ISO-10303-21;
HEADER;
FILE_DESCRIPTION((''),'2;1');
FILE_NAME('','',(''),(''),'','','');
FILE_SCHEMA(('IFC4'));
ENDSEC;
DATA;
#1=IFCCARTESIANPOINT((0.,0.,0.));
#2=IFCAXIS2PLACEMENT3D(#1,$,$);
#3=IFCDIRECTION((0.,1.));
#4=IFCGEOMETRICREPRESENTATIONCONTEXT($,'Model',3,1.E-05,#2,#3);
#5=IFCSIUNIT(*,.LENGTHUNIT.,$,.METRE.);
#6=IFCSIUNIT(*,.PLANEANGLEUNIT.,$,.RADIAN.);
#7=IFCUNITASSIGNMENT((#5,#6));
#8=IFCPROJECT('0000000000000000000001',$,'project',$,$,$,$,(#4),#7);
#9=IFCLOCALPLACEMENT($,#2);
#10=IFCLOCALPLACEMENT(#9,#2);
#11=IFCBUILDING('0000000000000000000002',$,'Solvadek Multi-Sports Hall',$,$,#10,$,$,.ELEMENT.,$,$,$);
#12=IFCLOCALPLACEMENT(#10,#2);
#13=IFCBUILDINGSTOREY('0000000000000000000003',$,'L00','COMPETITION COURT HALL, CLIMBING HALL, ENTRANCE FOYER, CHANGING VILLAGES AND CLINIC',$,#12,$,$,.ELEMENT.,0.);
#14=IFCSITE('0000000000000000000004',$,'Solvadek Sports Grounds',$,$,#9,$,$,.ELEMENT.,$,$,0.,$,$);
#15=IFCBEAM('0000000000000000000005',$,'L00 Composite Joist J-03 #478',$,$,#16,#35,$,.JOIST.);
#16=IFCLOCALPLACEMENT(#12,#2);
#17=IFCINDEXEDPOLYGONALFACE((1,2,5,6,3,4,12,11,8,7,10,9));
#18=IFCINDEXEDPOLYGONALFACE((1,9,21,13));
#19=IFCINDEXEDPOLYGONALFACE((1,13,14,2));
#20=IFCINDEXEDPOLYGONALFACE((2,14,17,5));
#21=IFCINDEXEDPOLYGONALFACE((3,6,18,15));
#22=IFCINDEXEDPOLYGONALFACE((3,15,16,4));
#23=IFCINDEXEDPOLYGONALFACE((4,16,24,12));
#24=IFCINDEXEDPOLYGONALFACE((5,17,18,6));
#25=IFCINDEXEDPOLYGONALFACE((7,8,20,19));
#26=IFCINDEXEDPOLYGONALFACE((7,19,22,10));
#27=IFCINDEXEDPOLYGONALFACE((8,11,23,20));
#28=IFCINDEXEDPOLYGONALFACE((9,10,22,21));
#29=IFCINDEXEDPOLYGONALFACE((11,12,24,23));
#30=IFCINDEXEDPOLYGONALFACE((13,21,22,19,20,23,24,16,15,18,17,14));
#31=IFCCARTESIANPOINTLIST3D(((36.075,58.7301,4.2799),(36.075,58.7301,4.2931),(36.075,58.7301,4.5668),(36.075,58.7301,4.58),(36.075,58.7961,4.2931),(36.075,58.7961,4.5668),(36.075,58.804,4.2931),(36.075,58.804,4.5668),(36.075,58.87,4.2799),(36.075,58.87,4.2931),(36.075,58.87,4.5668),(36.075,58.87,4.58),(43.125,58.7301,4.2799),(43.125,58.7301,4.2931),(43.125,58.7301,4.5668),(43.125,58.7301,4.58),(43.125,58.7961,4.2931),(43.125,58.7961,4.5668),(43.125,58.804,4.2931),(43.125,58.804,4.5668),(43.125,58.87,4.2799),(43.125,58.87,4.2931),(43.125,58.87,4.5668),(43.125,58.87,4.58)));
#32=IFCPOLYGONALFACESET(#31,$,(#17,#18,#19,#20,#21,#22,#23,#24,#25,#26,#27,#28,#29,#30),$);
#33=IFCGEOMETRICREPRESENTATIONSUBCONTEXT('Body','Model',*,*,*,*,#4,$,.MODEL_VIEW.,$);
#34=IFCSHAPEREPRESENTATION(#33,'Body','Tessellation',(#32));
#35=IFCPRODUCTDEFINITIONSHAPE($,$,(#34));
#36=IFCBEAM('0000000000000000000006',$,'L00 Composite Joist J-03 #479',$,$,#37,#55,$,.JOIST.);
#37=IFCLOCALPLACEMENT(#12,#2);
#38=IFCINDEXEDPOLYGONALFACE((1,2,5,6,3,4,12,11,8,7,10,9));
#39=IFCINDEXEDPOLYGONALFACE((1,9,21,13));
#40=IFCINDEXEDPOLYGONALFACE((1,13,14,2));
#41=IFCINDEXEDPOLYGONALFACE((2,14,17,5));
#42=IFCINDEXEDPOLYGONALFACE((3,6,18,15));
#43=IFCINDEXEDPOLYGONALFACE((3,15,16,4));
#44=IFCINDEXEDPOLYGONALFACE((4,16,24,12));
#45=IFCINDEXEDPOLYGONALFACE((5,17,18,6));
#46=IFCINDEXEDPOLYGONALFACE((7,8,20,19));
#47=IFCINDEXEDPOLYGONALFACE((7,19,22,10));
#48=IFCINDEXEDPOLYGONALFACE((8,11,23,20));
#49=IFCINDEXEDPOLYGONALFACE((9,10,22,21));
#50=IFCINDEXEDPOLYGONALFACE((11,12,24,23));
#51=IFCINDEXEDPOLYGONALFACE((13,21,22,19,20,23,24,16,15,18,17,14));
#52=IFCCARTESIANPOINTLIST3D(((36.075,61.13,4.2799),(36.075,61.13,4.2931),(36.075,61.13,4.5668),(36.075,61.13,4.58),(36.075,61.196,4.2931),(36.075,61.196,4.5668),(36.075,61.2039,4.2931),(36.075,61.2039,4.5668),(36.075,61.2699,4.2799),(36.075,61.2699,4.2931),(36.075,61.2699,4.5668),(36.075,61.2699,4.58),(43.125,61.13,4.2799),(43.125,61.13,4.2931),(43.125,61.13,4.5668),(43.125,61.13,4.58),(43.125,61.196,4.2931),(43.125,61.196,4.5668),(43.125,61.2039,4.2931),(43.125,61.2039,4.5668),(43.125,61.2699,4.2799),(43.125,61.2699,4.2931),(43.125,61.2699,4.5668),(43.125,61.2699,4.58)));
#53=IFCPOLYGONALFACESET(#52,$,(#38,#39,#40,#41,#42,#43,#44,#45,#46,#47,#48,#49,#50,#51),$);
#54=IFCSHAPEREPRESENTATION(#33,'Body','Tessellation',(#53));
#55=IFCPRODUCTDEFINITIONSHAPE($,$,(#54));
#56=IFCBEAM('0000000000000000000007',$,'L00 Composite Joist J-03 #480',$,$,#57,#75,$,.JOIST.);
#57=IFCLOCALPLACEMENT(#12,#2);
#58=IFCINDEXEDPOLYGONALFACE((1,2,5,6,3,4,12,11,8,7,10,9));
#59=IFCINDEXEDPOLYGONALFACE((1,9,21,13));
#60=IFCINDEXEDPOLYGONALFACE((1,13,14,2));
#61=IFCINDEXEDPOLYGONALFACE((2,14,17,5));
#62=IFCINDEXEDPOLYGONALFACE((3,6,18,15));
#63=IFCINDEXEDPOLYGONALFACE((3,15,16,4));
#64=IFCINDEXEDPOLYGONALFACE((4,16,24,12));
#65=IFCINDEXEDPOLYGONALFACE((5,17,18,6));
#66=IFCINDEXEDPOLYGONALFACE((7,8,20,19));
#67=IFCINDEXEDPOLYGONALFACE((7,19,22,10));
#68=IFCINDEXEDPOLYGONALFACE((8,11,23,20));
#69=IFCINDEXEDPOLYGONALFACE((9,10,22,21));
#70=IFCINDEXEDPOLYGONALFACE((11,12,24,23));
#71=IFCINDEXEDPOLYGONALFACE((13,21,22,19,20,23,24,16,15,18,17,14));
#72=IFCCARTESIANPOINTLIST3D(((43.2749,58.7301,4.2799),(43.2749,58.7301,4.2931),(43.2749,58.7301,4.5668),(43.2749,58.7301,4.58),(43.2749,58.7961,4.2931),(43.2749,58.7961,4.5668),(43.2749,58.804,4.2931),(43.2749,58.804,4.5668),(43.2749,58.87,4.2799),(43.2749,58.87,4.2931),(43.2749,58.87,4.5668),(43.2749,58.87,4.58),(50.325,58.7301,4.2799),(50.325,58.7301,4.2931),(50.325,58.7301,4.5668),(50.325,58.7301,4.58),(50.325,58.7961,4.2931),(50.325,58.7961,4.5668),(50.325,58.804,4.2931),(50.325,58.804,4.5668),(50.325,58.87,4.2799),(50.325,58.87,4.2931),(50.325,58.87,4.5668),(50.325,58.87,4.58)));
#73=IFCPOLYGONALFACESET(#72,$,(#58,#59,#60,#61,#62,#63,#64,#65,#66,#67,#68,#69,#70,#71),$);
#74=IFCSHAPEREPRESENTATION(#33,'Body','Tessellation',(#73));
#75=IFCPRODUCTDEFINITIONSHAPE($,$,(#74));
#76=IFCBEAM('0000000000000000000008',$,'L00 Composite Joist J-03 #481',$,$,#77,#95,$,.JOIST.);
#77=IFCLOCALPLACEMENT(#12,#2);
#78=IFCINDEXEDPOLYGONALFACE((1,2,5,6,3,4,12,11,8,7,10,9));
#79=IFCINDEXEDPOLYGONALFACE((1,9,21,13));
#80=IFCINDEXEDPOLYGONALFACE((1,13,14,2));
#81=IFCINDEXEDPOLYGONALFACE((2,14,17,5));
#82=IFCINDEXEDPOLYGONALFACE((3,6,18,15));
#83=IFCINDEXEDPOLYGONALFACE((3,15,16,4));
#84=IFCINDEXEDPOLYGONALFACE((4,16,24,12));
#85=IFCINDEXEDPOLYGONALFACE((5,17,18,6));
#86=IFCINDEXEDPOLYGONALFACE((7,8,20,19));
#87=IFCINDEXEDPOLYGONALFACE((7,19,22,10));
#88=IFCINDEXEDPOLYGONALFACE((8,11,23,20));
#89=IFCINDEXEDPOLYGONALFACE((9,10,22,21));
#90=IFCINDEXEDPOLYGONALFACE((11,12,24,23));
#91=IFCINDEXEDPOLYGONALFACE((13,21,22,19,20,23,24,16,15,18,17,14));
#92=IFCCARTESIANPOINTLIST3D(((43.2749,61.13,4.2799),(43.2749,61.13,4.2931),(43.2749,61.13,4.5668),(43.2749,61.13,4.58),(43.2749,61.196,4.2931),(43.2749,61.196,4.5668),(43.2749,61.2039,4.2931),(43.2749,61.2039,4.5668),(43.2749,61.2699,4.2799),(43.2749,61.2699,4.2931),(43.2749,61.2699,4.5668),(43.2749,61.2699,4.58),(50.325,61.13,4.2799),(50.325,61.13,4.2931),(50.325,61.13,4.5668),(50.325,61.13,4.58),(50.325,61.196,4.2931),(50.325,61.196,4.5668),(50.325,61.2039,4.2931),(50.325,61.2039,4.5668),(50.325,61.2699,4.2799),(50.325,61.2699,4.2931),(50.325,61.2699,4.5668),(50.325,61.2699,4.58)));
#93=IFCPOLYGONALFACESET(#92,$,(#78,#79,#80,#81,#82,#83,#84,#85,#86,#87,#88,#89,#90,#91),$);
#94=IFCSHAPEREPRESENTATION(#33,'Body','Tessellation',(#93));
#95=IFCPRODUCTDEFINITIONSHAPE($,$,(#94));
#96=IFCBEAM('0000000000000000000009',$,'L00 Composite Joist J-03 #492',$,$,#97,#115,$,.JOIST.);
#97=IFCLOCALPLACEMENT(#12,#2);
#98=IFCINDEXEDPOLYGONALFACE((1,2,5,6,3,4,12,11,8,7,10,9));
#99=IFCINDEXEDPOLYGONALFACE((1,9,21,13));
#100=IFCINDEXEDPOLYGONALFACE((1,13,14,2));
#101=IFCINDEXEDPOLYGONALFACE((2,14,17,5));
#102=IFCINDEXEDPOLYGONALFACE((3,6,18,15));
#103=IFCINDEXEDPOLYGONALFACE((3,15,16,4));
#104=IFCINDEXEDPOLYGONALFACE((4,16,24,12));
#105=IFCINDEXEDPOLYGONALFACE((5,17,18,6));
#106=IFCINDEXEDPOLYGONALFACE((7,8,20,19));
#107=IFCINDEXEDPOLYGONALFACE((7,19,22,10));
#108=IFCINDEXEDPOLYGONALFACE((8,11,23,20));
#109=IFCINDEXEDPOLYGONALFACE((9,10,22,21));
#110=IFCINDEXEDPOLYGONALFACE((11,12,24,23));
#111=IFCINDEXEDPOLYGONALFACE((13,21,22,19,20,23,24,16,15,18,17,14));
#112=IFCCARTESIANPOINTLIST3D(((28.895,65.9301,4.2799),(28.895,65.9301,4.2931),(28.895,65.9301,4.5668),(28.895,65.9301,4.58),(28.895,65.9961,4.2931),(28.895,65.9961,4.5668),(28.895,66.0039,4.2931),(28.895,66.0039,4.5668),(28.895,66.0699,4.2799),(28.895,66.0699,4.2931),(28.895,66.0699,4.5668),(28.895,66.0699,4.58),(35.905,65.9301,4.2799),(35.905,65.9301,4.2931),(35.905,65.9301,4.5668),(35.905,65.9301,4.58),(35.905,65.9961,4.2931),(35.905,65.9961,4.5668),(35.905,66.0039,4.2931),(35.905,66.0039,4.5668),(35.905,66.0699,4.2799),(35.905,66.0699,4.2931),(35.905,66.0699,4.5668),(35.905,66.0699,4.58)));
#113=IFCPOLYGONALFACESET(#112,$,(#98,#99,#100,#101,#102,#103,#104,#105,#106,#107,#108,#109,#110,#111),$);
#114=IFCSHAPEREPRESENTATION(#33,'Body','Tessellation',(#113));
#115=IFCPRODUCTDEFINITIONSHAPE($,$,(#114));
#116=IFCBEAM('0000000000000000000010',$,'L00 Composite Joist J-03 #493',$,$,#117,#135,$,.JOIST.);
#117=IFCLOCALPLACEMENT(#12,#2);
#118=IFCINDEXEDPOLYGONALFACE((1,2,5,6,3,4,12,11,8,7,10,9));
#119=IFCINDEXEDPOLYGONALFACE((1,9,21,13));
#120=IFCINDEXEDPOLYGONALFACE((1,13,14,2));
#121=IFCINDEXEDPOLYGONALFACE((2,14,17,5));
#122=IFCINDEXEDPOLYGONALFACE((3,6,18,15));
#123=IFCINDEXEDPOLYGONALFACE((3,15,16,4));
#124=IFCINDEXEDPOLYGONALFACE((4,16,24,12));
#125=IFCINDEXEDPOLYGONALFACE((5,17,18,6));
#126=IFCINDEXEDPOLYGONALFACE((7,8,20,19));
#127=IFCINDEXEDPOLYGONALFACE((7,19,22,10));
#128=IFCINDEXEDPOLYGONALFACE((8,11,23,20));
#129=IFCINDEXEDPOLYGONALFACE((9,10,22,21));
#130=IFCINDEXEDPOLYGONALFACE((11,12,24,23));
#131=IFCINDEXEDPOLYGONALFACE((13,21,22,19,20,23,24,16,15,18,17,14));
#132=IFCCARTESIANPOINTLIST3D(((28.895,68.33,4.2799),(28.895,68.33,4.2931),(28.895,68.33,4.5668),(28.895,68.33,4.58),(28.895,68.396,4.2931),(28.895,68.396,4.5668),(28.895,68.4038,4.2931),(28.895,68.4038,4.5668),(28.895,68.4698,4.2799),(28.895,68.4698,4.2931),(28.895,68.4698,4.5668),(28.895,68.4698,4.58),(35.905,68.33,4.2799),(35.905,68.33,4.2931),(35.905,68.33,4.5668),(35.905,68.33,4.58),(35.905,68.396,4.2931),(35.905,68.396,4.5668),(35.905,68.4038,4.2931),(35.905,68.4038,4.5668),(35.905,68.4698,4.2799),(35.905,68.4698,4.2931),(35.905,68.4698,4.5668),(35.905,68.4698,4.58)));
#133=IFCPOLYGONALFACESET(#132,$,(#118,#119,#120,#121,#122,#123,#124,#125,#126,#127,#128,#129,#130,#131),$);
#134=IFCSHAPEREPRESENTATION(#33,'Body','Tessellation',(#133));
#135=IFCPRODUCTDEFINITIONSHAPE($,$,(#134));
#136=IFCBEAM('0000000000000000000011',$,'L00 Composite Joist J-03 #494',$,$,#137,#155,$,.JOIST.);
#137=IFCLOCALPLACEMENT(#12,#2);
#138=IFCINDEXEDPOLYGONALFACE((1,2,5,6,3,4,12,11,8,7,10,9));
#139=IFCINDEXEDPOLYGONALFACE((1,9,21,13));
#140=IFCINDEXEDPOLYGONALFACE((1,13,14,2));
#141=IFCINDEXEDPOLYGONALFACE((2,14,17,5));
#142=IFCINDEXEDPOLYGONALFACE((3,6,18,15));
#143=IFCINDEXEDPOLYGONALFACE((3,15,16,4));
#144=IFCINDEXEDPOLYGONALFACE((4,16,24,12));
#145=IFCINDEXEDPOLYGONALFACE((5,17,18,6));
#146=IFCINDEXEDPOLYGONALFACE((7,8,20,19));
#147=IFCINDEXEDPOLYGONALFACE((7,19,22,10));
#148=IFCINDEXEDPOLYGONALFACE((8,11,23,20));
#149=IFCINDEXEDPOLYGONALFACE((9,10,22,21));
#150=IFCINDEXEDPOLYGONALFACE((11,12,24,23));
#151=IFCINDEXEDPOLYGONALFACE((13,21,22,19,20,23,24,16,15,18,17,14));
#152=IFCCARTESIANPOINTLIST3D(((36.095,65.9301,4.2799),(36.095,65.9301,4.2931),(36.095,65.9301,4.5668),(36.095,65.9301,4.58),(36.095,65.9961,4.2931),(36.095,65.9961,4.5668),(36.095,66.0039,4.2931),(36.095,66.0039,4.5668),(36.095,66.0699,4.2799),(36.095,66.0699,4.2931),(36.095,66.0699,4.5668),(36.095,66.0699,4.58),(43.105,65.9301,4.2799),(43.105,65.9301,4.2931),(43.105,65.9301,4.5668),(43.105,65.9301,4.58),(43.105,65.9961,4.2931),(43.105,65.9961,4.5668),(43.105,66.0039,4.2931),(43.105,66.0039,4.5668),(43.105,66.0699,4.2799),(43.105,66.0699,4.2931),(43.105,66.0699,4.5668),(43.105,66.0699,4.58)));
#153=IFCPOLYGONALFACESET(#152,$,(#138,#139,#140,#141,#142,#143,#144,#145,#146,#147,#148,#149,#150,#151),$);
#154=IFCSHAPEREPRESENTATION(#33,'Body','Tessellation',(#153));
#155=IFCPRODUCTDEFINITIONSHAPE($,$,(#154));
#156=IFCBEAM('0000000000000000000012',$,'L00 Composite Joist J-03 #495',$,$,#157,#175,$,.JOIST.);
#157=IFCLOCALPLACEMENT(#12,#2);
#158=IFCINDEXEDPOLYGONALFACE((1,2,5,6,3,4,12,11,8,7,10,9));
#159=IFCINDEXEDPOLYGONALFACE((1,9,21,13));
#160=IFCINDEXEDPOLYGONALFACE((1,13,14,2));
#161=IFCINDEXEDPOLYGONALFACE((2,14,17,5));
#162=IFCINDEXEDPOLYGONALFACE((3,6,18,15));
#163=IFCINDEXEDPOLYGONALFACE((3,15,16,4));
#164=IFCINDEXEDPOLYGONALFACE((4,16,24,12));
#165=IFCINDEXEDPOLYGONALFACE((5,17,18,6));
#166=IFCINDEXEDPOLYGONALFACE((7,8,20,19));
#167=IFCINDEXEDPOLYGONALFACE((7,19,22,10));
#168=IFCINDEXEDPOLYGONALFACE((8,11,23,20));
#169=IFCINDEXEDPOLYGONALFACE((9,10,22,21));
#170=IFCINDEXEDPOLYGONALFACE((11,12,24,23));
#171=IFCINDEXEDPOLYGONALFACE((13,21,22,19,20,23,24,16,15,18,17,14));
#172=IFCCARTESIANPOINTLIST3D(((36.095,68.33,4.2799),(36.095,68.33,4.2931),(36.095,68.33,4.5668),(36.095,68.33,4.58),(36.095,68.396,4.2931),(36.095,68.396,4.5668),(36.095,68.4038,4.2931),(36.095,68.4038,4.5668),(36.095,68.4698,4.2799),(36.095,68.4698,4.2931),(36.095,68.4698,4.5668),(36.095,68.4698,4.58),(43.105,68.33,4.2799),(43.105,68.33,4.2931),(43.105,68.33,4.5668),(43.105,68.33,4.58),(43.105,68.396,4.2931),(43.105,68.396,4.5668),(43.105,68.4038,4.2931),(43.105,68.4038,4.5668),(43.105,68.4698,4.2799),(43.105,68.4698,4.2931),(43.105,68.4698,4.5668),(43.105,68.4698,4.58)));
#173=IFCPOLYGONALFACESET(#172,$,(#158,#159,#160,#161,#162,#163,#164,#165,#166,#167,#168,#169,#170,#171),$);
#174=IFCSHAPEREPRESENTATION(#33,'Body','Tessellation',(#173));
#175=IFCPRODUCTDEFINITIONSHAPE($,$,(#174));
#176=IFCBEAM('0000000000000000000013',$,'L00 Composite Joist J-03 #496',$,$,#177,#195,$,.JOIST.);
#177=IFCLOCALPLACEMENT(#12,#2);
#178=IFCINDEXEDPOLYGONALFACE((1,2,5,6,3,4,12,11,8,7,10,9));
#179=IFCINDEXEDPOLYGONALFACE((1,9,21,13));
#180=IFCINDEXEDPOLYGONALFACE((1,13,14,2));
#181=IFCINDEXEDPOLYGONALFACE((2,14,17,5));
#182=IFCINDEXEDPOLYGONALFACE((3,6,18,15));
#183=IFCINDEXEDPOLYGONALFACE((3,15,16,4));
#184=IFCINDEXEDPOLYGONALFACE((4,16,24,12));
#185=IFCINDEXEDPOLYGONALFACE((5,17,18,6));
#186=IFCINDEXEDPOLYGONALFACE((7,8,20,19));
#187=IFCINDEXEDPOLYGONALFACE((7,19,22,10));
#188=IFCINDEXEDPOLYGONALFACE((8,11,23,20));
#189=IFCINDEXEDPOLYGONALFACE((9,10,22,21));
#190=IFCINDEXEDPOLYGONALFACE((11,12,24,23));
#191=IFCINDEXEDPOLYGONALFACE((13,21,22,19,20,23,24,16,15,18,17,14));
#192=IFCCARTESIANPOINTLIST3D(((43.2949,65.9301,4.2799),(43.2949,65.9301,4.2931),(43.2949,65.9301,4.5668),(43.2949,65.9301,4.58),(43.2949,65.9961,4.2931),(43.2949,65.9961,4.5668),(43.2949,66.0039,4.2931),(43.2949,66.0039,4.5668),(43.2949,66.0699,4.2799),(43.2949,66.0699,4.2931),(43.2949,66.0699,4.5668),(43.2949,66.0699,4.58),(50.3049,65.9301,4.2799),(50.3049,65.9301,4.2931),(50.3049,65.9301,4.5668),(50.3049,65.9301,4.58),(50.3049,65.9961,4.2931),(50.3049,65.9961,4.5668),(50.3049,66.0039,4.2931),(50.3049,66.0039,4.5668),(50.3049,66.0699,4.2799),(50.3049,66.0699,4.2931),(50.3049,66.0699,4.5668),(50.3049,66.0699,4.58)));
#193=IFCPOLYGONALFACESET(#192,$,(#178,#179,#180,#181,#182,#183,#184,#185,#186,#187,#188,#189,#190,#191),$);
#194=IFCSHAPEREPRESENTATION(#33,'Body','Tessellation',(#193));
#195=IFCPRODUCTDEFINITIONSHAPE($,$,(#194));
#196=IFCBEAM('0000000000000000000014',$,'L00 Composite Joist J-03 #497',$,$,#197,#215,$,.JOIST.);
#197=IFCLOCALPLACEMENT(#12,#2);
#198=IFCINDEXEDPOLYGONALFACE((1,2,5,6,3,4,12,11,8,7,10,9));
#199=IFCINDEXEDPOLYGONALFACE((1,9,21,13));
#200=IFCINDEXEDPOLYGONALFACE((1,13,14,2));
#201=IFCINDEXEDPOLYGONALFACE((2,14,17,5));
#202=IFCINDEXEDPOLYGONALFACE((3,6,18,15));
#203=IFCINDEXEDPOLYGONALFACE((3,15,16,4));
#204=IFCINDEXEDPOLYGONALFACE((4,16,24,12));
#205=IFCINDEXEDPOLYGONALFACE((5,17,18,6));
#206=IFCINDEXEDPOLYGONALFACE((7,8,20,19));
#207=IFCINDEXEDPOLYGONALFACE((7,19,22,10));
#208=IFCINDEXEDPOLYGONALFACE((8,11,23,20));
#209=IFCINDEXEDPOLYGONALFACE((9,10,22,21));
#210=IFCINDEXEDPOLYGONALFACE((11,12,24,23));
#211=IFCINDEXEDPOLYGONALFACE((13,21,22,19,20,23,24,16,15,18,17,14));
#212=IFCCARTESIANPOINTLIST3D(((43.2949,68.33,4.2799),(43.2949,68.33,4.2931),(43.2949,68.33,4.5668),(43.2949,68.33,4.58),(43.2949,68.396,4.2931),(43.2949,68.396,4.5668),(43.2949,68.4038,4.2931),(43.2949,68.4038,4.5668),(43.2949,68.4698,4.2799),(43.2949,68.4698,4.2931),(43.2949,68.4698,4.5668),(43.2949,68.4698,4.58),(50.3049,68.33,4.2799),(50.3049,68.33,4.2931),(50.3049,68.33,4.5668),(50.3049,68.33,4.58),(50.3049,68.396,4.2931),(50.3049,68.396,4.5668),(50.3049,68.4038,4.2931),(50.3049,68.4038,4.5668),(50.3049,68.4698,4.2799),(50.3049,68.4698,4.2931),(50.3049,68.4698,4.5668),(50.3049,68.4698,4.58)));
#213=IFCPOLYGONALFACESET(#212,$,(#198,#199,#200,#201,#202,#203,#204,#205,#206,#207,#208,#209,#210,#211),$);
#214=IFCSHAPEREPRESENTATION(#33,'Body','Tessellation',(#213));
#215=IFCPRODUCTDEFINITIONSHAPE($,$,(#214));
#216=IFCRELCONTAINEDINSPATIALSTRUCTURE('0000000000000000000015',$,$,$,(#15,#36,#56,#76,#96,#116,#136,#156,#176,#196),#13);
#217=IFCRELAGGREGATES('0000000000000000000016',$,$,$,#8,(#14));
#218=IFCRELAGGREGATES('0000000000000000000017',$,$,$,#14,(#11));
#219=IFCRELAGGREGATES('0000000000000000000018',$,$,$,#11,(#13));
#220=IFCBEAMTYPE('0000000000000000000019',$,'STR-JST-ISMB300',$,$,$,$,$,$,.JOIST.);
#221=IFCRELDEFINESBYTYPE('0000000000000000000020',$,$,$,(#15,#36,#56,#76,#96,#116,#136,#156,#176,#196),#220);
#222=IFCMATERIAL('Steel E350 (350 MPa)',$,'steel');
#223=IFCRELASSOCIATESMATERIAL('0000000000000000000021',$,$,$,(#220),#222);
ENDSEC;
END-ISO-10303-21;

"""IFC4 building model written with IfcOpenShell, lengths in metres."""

from ifc_helpers import new_model, si_unit, direction, frame, origin, origin_2d, place, context, subcontext, project, spatial, i_section, extrude, material, material_profile, profile_set, type_object, element, save


model = new_model("IFC4")

# Units and contexts
model_context = context("Model", 3, precision=1e-05, world=origin(), true_north=direction((0.0, 1.0)))
body_context = subcontext(model_context, "Body", "Model", "MODEL_VIEW")
ifc_project = project(units=[si_unit("LENGTHUNIT", "METRE"), si_unit("PLANEANGLEUNIT", "RADIAN")], contexts=[model_context])

# Site, building, storey
site_placement = place(None, origin())
site = spatial("IfcSite", under=ifc_project, at=site_placement, Name="Solvadek Sports Grounds", CompositionType="ELEMENT", RefElevation=0.0)
building_placement = place(site_placement, origin())
building = spatial("IfcBuilding", under=site, at=building_placement, Name="Solvadek Multi-Sports Hall", CompositionType="ELEMENT")
storey_placement = place(building_placement, origin())
storey = spatial("IfcBuildingStorey", under=building, at=storey_placement, Name="L00", Description="COMPETITION COURT HALL, CLIMBING HALL, ENTRANCE FOYER, CHANGING VILLAGES AND CLINIC", CompositionType="ELEMENT", Elevation=0.0)

# Shared definitions
ifc_material_1 = material(Name="Steel E350 (350 MPa)", Category="steel")

# Beams
ifc_material_profile_1 = material_profile(ifc_material_1, i_section(OverallWidth=0.1399, OverallDepth=0.3, WebThickness=0.0078, FlangeThickness=0.0132, at=origin_2d()), Name="ISMB 300")
ifc_profile_set_1 = profile_set([ifc_material_profile_1], Name="Steel E350 (350 MPa)")
beam_type_1 = type_object("IfcBeamType", Name="STR-JST-ISMB300", PredefinedType="JOIST", material=ifc_profile_set_1)
for number, where, z_axis, x_axis, name in (
    (1, (36.075, 58.8, 4.4299), (1.0, 0.0, 0.0), (0.0, 1.0, 0.0), "L00 Composite Joist J-03 #478"),
    (2, (36.075, 61.2, 4.4299), (1.0, 0.0, 0.0), (0.0, 1.0, 0.0), "L00 Composite Joist J-03 #479"),
    (3, (43.2749, 58.8, 4.4299), (1.0, 0.0, 0.0), (0.0, 1.0, 0.0), "L00 Composite Joist J-03 #480"),
    (4, (43.2749, 61.2, 4.4299), (1.0, 0.0, 0.0), (0.0, 1.0, 0.0), "L00 Composite Joist J-03 #481"),
):
    element("IfcBeam", number, at=place(storey_placement, frame(where, z_axis=z_axis, x_axis=x_axis)), inside=storey, type_object=beam_type_1, Name=name, PredefinedType="JOIST", context=body_context, shape_type="SweptSolid", body=[
        extrude(i_section(OverallWidth=0.1399, OverallDepth=0.3, WebThickness=0.0078, FlangeThickness=0.0132, at=origin_2d()), origin(), (0.0, 0.0, 1.0), 7.05),
    ])
for number, where, z_axis, x_axis, name in (
    (5, (28.895, 66.0, 4.4299), (1.0, 0.0, 0.0), (0.0, 1.0, 0.0), "L00 Composite Joist J-03 #492"),
    (6, (28.895, 68.3999, 4.4299), (1.0, 0.0, 0.0), (0.0, 1.0, 0.0), "L00 Composite Joist J-03 #493"),
    (7, (36.095, 66.0, 4.4299), (1.0, 0.0, 0.0), (0.0, 1.0, 0.0), "L00 Composite Joist J-03 #494"),
    (8, (36.095, 68.3999, 4.4299), (1.0, 0.0, 0.0), (0.0, 1.0, 0.0), "L00 Composite Joist J-03 #495"),
    (9, (43.2949, 66.0, 4.4299), (1.0, 0.0, 0.0), (0.0, 1.0, 0.0), "L00 Composite Joist J-03 #496"),
    (10, (43.2949, 68.3999, 4.4299), (1.0, 0.0, 0.0), (0.0, 1.0, 0.0), "L00 Composite Joist J-03 #497"),
):
    element("IfcBeam", number, at=place(storey_placement, frame(where, z_axis=z_axis, x_axis=x_axis)), inside=storey, type_object=beam_type_1, Name=name, PredefinedType="JOIST", context=body_context, shape_type="SweptSolid", body=[
        extrude(i_section(OverallWidth=0.1399, OverallDepth=0.3, WebThickness=0.0078, FlangeThickness=0.0132, at=origin_2d()), origin(), (0.0, 0.0, 1.0), 7.01),
    ])

save(model, "model.ifc")
